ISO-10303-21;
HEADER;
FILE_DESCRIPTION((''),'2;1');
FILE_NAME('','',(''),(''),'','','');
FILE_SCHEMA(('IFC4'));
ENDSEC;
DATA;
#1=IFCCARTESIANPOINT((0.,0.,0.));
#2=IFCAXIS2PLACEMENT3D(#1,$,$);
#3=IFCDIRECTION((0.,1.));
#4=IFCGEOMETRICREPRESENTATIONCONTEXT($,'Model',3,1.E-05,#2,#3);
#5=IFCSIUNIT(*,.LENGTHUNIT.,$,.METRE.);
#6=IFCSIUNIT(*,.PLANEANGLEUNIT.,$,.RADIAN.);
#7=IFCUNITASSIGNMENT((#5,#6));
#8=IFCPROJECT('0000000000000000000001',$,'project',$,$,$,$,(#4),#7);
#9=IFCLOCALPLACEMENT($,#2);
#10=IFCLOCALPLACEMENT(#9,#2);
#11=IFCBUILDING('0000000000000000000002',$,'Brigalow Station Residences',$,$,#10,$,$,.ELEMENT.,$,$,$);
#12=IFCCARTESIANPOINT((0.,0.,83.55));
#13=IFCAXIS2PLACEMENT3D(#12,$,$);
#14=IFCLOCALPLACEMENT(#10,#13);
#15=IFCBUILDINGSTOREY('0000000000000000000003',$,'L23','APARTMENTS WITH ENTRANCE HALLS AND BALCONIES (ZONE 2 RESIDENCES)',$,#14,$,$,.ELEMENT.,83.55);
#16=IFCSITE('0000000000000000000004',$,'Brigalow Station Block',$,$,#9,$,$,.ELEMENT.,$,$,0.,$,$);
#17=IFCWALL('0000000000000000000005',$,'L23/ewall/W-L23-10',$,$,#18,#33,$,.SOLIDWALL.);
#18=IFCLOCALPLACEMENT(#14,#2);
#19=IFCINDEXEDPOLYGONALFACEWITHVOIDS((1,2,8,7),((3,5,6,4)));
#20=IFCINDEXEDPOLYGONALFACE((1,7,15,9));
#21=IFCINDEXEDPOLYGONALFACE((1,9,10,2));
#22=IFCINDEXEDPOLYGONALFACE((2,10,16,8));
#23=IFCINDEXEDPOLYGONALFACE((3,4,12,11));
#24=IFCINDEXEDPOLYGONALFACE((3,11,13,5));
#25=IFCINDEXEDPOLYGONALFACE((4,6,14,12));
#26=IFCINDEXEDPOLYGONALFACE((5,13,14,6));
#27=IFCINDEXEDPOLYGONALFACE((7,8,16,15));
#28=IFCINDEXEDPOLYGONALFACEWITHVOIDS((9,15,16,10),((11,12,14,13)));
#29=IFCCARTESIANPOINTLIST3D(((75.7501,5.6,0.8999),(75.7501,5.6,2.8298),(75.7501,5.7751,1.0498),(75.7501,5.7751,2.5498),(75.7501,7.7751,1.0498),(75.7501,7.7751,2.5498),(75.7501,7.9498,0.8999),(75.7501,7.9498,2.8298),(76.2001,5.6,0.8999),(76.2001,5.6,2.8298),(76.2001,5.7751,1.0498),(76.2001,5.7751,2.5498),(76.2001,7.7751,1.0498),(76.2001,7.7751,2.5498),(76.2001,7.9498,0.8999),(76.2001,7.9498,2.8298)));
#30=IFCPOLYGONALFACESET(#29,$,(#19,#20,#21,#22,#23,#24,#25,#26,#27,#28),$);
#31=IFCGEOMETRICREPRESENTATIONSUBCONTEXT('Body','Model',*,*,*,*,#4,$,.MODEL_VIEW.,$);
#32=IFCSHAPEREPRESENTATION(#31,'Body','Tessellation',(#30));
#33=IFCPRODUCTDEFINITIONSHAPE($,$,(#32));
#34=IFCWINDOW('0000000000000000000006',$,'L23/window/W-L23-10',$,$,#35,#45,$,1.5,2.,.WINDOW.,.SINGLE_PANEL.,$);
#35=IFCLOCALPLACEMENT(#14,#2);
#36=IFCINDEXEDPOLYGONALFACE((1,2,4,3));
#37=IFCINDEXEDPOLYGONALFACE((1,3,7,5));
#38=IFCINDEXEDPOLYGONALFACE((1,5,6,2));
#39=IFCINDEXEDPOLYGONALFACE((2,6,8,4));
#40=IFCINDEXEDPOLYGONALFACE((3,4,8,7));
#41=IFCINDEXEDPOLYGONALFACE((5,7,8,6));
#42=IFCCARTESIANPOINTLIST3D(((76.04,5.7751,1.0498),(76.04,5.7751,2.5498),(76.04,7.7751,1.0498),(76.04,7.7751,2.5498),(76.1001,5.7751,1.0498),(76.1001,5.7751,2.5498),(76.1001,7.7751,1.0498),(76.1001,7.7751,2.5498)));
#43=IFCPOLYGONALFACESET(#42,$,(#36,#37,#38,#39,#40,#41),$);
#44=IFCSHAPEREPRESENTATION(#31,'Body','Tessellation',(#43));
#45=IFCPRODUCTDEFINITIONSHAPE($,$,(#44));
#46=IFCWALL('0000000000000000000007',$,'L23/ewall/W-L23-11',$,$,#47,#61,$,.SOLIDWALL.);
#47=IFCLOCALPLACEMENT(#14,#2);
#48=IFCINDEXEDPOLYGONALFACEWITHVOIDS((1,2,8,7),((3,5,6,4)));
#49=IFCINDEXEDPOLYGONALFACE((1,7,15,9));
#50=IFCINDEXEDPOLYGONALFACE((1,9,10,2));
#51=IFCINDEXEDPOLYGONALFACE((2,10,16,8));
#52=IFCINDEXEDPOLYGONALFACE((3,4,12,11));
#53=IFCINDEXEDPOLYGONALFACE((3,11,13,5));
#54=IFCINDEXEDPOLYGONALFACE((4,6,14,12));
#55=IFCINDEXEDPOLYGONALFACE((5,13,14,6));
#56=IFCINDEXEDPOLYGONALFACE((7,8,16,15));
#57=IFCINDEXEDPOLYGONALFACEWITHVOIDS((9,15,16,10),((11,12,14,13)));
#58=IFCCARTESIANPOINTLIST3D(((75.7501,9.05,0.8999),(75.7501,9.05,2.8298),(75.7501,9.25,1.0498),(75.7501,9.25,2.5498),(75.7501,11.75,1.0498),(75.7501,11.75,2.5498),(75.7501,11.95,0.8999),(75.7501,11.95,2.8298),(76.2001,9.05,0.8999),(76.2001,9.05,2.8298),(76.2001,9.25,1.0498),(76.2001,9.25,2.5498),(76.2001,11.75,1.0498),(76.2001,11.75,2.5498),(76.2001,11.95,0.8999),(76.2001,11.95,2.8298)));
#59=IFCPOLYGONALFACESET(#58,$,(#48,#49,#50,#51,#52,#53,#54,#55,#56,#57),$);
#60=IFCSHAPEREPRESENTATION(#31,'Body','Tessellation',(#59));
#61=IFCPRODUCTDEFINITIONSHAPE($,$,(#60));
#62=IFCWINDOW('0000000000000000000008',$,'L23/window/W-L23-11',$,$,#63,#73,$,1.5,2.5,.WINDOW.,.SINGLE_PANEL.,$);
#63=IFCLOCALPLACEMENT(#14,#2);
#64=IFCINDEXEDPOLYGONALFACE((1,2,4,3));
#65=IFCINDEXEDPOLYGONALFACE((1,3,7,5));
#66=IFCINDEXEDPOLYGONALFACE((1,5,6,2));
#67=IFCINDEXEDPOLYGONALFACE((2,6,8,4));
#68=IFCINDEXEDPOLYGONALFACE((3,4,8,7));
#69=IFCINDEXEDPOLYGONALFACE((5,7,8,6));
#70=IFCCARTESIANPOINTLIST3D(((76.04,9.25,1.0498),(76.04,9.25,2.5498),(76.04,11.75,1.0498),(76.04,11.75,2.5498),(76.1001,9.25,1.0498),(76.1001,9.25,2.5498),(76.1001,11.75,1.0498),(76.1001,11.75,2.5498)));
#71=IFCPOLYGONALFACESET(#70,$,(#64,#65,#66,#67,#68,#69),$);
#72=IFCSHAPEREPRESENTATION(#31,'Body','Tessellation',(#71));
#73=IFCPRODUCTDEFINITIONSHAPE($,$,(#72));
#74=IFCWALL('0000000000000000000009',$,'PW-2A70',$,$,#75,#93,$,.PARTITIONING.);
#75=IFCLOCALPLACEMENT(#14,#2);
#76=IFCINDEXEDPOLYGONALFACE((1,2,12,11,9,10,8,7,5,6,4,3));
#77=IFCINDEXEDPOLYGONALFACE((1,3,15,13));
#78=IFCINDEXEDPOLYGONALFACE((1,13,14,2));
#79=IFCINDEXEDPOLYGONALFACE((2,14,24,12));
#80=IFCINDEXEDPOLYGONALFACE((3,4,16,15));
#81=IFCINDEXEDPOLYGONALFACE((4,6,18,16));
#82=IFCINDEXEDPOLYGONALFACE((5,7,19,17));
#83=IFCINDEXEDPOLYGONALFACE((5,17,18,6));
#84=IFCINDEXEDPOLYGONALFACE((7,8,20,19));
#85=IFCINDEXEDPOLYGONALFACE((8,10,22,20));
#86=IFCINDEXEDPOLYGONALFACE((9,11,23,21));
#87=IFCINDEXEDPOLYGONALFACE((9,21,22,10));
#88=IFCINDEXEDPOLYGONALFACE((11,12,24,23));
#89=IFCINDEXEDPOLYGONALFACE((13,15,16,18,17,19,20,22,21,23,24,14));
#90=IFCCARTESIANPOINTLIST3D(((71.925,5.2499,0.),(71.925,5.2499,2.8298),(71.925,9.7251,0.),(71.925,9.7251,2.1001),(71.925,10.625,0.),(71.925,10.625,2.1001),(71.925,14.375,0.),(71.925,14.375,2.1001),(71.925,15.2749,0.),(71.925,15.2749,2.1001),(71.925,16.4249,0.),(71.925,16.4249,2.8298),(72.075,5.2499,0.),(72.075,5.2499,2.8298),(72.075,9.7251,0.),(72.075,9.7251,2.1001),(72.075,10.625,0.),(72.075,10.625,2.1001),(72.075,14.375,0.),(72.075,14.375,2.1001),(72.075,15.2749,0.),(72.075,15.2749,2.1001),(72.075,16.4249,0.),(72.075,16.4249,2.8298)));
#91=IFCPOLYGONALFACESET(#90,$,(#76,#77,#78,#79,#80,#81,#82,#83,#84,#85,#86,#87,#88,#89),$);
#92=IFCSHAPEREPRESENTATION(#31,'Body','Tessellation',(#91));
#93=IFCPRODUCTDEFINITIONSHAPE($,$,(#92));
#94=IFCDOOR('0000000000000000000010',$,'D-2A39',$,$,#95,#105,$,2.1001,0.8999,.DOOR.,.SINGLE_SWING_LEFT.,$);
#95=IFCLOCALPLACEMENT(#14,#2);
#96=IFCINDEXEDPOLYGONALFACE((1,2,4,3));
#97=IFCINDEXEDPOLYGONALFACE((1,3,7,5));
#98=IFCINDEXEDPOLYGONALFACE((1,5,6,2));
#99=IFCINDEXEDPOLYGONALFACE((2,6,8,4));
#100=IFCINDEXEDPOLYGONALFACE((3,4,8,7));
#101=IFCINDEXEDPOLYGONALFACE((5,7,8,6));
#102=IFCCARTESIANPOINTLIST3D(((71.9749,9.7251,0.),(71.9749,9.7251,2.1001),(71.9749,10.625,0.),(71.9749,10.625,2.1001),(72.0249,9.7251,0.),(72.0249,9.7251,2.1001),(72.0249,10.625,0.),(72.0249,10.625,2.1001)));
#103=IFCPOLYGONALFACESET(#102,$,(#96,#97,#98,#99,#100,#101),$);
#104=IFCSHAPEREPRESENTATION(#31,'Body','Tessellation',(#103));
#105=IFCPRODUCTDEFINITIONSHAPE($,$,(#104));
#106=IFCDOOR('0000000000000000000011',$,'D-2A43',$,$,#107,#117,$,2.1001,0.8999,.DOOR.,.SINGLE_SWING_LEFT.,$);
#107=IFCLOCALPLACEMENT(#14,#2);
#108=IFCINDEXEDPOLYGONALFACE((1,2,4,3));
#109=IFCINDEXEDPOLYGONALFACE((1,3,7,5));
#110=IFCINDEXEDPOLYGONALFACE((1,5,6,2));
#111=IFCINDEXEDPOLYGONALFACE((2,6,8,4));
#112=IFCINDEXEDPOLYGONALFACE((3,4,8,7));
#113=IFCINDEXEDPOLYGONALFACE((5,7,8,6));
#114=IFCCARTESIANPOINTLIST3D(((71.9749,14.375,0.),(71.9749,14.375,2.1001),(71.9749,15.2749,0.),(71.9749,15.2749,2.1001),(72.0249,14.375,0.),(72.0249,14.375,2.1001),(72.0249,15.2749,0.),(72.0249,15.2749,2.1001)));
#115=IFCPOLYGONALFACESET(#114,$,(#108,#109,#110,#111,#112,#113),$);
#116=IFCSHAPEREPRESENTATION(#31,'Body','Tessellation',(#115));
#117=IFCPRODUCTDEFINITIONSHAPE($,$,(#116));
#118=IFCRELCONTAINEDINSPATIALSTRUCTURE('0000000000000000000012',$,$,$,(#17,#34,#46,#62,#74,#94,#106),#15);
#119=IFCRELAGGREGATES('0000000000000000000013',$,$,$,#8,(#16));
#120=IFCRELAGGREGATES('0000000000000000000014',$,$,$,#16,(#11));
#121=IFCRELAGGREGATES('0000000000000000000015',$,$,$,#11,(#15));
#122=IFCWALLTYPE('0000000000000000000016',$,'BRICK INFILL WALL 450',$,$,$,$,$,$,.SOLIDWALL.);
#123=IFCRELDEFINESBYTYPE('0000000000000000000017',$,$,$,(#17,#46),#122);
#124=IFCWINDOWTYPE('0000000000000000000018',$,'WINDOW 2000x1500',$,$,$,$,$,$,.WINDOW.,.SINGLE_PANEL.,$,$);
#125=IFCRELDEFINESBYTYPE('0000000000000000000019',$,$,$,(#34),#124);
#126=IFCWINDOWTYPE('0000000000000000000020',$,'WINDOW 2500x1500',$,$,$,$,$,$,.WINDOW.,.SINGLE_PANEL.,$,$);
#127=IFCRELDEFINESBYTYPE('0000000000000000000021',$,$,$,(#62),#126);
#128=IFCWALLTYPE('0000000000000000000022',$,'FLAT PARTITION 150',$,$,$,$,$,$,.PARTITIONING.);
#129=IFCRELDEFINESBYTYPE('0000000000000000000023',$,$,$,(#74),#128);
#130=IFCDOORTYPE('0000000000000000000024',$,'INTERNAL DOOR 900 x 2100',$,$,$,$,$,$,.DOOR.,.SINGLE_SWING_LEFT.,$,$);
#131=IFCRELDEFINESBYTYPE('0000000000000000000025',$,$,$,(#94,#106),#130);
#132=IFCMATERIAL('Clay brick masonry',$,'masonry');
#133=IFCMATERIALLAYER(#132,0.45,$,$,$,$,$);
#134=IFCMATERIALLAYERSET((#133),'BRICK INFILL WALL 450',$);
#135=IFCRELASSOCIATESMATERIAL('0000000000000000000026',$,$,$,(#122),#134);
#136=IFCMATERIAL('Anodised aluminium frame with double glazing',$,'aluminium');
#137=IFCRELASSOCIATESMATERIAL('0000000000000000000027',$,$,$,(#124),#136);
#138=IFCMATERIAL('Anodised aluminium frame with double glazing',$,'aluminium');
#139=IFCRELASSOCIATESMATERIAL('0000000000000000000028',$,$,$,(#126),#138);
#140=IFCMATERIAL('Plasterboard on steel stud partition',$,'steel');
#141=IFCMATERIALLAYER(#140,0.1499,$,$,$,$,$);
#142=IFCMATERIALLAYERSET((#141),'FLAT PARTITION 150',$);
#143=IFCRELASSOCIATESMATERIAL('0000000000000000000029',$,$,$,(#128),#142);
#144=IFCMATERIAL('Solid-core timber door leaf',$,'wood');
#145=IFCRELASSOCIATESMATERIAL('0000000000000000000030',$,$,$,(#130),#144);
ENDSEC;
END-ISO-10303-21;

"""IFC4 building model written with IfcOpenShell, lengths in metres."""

from ifc_helpers import new_model, si_unit, direction, frame, frame_2d, origin, place, context, subcontext, project, spatial, rectangle, extrude, material, layer, layer_set, type_object, element, fill, save


model = new_model("IFC4")

# Units and contexts
model_context = context("Model", 3, precision=1e-05, world=origin(), true_north=direction((0.0, 1.0)))
body_context = subcontext(model_context, "Body", "Model", "MODEL_VIEW")
ifc_project = project(units=[si_unit("LENGTHUNIT", "METRE"), si_unit("PLANEANGLEUNIT", "RADIAN")], contexts=[model_context])

# Site, building, storey
site_placement = place(None, origin())
site = spatial("IfcSite", under=ifc_project, at=site_placement, Name="Brigalow Station Block", CompositionType="ELEMENT", RefElevation=0.0)
building_placement = place(site_placement, origin())
building = spatial("IfcBuilding", under=site, at=building_placement, Name="Brigalow Station Residences", CompositionType="ELEMENT")
storey_placement = place(building_placement, frame((0.0, 0.0, 83.55)))
storey = spatial("IfcBuildingStorey", under=building, at=storey_placement, Name="L23", Description="APARTMENTS WITH ENTRANCE HALLS AND BALCONIES (ZONE 2 RESIDENCES)", CompositionType="ELEMENT", Elevation=83.55)

# Walls, openings, windows
ifc_material_1 = material(Name="Clay brick masonry", Category="masonry")
ifc_layer_1 = layer(ifc_material_1, 0.45)
ifc_layer_set_1 = layer_set([ifc_layer_1], Name="BRICK INFILL WALL 450")
wall_type_1 = type_object("IfcWallType", Name="BRICK INFILL WALL 450", PredefinedType="SOLIDWALL", material=ifc_layer_set_1)
wall_1_placement = place(storey_placement, frame((75.9751, 5.6001, 0.8999), z_axis=(0.0, 0.0, 1.0), x_axis=(0.0, 1.0, 0.0)))
wall_1 = element("IfcWall", 1, at=wall_1_placement, inside=storey, type_object=wall_type_1, Name="L23/ewall/W-L23-10", PredefinedType="SOLIDWALL", context=body_context, shape_type="SweptSolid", body=[
    extrude(rectangle(XDim=2.3499, YDim=0.45, at=frame_2d((1.1748, 0.0))), origin(), (0.0, 0.0, 1.0), 1.9299),
])
opening_1_placement = place(wall_1_placement, frame((0.175, 0.0, 0.1499)))
opening_1 = element("IfcOpeningElement", 2, at=opening_1_placement, cuts=wall_1, PredefinedType="OPENING", context=body_context, shape_type="SweptSolid", body=[
    extrude(rectangle(XDim=2.0, YDim=1.5, at=frame_2d((1.0, 0.75))), frame((0.0, 0.2349, 0.0), z_axis=(0.0, -1.0, 0.0), x_axis=(1.0, 0.0, 0.0)), (0.0, 0.0, 1.0), 0.47),
])
ifc_material_2 = material(Name="Anodised aluminium frame with double glazing", Category="aluminium")
window_type_1 = type_object("IfcWindowType", Name="WINDOW 2000x1500", PartitioningType="SINGLE_PANEL", PredefinedType="WINDOW", material=ifc_material_2)
window_1_placement = place(opening_1_placement, origin())
window_1 = element("IfcWindow", 3, at=window_1_placement, inside=storey, type_object=window_type_1, Name="L23/window/W-L23-10", OverallHeight=1.5, OverallWidth=2.0, PartitioningType="SINGLE_PANEL", PredefinedType="WINDOW", context=body_context, shape_type="SweptSolid", body=[
    extrude(rectangle(XDim=2.0, YDim=1.5, at=frame_2d((1.0, 0.75))), frame((0.0, -0.0649, 0.0), z_axis=(0.0, -1.0, 0.0), x_axis=(1.0, 0.0, 0.0)), (0.0, 0.0, 1.0), 0.0601),
])
fill(opening_1, window_1)
wall_2_placement = place(storey_placement, frame((75.9751, 9.05, 0.8999), z_axis=(0.0, 0.0, 1.0), x_axis=(0.0, 1.0, 0.0)))
wall_2 = element("IfcWall", 4, at=wall_2_placement, inside=storey, type_object=wall_type_1, Name="L23/ewall/W-L23-11", PredefinedType="SOLIDWALL", context=body_context, shape_type="SweptSolid", body=[
    extrude(rectangle(XDim=2.8999, YDim=0.45, at=frame_2d((1.45, 0.0))), origin(), (0.0, 0.0, 1.0), 1.9299),
])
opening_2_placement = place(wall_2_placement, frame((0.2, 0.0, 0.1499)))
opening_2 = element("IfcOpeningElement", 5, at=opening_2_placement, cuts=wall_2, PredefinedType="OPENING", context=body_context, shape_type="SweptSolid", body=[
    extrude(rectangle(XDim=2.5, YDim=1.5, at=frame_2d((1.25, 0.75))), frame((0.0, 0.2349, 0.0), z_axis=(0.0, -1.0, 0.0), x_axis=(1.0, 0.0, 0.0)), (0.0, 0.0, 1.0), 0.47),
])
ifc_material_3 = material(Name="Anodised aluminium frame with double glazing", Category="aluminium")
window_type_2 = type_object("IfcWindowType", Name="WINDOW 2500x1500", PartitioningType="SINGLE_PANEL", PredefinedType="WINDOW", material=ifc_material_3)
window_2_placement = place(opening_2_placement, origin())
window_2 = element("IfcWindow", 6, at=window_2_placement, inside=storey, type_object=window_type_2, Name="L23/window/W-L23-11", OverallHeight=1.5, OverallWidth=2.5, PartitioningType="SINGLE_PANEL", PredefinedType="WINDOW", context=body_context, shape_type="SweptSolid", body=[
    extrude(rectangle(XDim=2.5, YDim=1.5, at=frame_2d((1.25, 0.75))), frame((0.0, -0.0649, 0.0), z_axis=(0.0, -1.0, 0.0), x_axis=(1.0, 0.0, 0.0)), (0.0, 0.0, 1.0), 0.0601),
])
fill(opening_2, window_2)

# Wall, openings, doors
ifc_material_4 = material(Name="Plasterboard on steel stud partition", Category="steel")
ifc_layer_2 = layer(ifc_material_4, 0.1499)
ifc_layer_set_2 = layer_set([ifc_layer_2], Name="FLAT PARTITION 150")
wall_type_2 = type_object("IfcWallType", Name="FLAT PARTITION 150", PredefinedType="PARTITIONING", material=ifc_layer_set_2)
wall_3_placement = place(storey_placement, frame((72.0, 5.25, 0.0), z_axis=(0.0, 0.0, 1.0), x_axis=(0.0, 1.0, 0.0)))
wall_3 = element("IfcWall", 7, at=wall_3_placement, inside=storey, type_object=wall_type_2, Name="PW-2A70", PredefinedType="PARTITIONING", context=body_context, shape_type="SweptSolid", body=[
    extrude(rectangle(XDim=11.175, YDim=0.1499, at=frame_2d((5.5874, 0.0))), origin(), (0.0, 0.0, 1.0), 2.8298),
])
opening_3_placement = place(wall_3_placement, frame((4.4751, 0.0, 0.0)))
opening_3 = element("IfcOpeningElement", 8, at=opening_3_placement, cuts=wall_3, PredefinedType="OPENING", context=body_context, shape_type="SweptSolid", body=[
    extrude(rectangle(XDim=0.8999, YDim=2.1001, at=frame_2d((0.45, 1.05))), frame((0.0, 0.085, 0.0), z_axis=(0.0, -1.0, 0.0), x_axis=(1.0, 0.0, 0.0)), (0.0, 0.0, 1.0), 0.1699),
])
opening_4_placement = place(wall_3_placement, frame((9.125, 0.0, 0.0)))
opening_4 = element("IfcOpeningElement", 9, at=opening_4_placement, cuts=wall_3, PredefinedType="OPENING", context=body_context, shape_type="SweptSolid", body=[
    extrude(rectangle(XDim=0.8999, YDim=2.1001, at=frame_2d((0.45, 1.05))), frame((0.0, 0.085, 0.0), z_axis=(0.0, -1.0, 0.0), x_axis=(1.0, 0.0, 0.0)), (0.0, 0.0, 1.0), 0.1699),
])
ifc_material_5 = material(Name="Solid-core timber door leaf", Category="wood")
door_type = type_object("IfcDoorType", Name="INTERNAL DOOR 900 x 2100", OperationType="SINGLE_SWING_LEFT", PredefinedType="DOOR", material=ifc_material_5)
door_1_placement = place(opening_3_placement, frame((0.8999, 0.0, 0.0), z_axis=(0.0, 0.0, 1.0), x_axis=(-1.0, 0.0, 0.0)))
door_1 = element("IfcDoor", 10, at=door_1_placement, inside=storey, type_object=door_type, Name="D-2A39", OperationType="SINGLE_SWING_LEFT", OverallHeight=2.1001, OverallWidth=0.8999, PredefinedType="DOOR", context=body_context, shape_type="SweptSolid", body=[
    extrude(rectangle(XDim=0.8999, YDim=2.1001, at=frame_2d((0.45, 1.05))), frame((0.0, 0.0249, 0.0), z_axis=(0.0, -1.0, 0.0), x_axis=(1.0, 0.0, 0.0)), (0.0, 0.0, 1.0), 0.05),
])
fill(opening_3, door_1)
door_2_placement = place(opening_4_placement, frame((0.8999, 0.0, 0.0), z_axis=(0.0, 0.0, 1.0), x_axis=(-1.0, 0.0, 0.0)))
door_2 = element("IfcDoor", 11, at=door_2_placement, inside=storey, type_object=door_type, Name="D-2A43", OperationType="SINGLE_SWING_LEFT", OverallHeight=2.1001, OverallWidth=0.8999, PredefinedType="DOOR", context=body_context, shape_type="SweptSolid", body=[
    extrude(rectangle(XDim=0.8999, YDim=2.1001, at=frame_2d((0.45, 1.05))), frame((0.0, 0.0249, 0.0), z_axis=(0.0, -1.0, 0.0), x_axis=(1.0, 0.0, 0.0)), (0.0, 0.0, 1.0), 0.05),
])
fill(opening_4, door_2)

save(model, "model.ifc")
